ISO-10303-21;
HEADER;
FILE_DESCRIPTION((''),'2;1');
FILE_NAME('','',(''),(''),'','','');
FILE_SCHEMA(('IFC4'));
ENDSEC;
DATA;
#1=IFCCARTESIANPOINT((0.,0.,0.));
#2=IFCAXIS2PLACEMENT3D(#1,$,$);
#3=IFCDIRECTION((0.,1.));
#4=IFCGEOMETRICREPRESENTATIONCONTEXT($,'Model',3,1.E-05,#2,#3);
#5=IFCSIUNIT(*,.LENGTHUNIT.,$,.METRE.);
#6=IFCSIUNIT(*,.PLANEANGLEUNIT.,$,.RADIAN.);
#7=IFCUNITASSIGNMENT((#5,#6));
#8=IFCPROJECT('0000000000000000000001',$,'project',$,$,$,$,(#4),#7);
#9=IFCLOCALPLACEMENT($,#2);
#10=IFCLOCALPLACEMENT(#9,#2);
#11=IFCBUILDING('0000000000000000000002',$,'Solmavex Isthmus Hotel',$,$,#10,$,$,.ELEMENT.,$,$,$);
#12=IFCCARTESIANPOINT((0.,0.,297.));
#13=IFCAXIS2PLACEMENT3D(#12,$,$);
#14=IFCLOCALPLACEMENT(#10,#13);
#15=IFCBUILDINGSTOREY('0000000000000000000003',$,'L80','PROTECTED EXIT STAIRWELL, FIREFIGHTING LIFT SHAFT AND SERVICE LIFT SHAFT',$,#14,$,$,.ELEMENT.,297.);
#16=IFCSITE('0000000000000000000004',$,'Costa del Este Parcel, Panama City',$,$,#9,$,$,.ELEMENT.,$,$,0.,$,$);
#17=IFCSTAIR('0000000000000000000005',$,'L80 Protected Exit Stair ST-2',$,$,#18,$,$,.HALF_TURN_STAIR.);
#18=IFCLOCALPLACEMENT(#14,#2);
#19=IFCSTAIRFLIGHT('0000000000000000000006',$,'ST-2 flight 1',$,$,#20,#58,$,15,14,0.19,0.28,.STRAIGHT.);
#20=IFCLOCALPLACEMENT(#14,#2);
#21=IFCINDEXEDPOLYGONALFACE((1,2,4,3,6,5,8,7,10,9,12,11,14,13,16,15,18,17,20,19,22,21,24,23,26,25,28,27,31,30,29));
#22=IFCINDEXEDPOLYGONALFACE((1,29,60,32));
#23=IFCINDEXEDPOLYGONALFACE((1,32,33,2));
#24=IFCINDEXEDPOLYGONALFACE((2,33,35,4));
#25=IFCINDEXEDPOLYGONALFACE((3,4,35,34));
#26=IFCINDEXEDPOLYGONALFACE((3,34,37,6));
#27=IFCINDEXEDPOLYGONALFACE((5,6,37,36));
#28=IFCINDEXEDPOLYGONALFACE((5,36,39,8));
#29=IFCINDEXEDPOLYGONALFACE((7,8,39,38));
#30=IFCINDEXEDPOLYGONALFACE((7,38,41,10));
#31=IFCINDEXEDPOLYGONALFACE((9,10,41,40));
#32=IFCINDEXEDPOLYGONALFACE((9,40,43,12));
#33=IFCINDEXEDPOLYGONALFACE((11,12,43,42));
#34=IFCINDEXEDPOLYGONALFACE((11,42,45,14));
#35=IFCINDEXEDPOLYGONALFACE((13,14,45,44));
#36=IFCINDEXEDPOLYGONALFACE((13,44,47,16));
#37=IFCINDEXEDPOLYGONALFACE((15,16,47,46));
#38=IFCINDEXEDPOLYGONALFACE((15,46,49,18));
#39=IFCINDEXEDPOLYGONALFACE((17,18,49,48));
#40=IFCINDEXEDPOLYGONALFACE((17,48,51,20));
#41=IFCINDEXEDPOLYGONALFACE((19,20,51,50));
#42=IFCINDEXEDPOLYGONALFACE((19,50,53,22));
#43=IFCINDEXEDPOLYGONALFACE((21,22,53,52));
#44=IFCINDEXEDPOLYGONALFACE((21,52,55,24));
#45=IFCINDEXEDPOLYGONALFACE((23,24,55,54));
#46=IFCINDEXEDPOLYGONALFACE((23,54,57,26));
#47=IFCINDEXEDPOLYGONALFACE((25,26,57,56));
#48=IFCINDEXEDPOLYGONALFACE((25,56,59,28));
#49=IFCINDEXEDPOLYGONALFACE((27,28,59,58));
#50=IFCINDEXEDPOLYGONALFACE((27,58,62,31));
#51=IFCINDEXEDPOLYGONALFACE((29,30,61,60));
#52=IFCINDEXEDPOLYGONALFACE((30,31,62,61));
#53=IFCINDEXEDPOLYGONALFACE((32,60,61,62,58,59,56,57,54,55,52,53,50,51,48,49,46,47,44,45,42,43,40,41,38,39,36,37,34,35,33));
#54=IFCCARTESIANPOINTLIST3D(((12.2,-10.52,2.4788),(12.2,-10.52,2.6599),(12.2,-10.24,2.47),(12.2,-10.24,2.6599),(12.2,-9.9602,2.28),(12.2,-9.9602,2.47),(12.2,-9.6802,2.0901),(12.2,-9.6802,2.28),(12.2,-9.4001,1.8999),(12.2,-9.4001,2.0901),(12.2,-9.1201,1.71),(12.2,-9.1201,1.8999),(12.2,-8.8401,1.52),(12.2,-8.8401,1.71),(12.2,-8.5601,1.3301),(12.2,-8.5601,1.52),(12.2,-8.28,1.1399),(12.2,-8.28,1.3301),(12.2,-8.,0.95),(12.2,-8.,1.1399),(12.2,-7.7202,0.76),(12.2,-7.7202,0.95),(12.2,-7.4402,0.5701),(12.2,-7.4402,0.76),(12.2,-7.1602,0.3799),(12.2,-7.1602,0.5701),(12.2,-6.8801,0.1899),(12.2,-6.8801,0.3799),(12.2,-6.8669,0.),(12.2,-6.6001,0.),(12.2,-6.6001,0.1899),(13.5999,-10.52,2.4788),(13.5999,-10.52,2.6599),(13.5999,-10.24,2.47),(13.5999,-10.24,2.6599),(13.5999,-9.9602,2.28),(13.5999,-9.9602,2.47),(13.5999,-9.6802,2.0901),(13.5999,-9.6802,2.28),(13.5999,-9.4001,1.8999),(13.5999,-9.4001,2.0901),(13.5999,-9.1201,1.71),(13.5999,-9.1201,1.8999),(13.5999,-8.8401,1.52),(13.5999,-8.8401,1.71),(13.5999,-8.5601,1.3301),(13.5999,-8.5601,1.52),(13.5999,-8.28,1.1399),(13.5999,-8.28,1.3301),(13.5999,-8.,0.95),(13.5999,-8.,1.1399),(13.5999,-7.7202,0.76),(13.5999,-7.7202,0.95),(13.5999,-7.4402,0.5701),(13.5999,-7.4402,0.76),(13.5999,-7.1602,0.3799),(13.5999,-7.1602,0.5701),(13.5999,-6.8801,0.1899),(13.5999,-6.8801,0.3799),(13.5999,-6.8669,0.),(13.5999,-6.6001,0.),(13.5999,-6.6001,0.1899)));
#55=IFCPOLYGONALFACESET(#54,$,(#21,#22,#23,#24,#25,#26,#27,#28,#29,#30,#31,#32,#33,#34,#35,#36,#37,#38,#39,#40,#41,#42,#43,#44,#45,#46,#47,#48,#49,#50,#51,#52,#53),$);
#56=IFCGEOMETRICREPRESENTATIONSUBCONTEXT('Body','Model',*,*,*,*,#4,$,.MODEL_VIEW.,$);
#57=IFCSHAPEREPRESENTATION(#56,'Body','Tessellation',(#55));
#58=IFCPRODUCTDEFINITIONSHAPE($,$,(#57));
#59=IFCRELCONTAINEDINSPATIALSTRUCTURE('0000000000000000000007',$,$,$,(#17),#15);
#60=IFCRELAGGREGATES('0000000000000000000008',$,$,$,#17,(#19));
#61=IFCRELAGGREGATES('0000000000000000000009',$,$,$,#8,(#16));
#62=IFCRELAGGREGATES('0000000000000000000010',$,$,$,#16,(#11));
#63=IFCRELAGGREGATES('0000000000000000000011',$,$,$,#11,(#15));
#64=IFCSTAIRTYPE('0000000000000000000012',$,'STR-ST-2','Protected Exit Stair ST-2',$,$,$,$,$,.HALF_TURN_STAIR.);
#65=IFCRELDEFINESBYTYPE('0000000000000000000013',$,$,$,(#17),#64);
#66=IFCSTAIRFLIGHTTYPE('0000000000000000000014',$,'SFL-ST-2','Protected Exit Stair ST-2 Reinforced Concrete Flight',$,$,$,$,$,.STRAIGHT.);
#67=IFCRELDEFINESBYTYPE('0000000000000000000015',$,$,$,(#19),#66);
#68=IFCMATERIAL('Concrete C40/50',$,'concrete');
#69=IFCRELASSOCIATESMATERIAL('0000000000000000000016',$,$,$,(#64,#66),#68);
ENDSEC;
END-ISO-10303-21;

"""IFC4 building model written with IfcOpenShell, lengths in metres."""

from ifc_helpers import new_model, si_unit, direction, frame, origin, place, context, subcontext, project, spatial, polyline, outline, extrude, material, type_object, element, aggregate, save


model = new_model("IFC4")

# Units and contexts
model_context = context("Model", 3, precision=1e-05, world=origin(), true_north=direction((0.0, 1.0)))
body_context = subcontext(model_context, "Body", "Model", "MODEL_VIEW")
ifc_project = project(units=[si_unit("LENGTHUNIT", "METRE"), si_unit("PLANEANGLEUNIT", "RADIAN")], contexts=[model_context])

# Site, building, storey
site_placement = place(None, origin())
site = spatial("IfcSite", under=ifc_project, at=site_placement, Name="Costa del Este Parcel, Panama City", CompositionType="ELEMENT", RefElevation=0.0)
building_placement = place(site_placement, origin())
building = spatial("IfcBuilding", under=site, at=building_placement, Name="Solmavex Isthmus Hotel", CompositionType="ELEMENT")
storey_placement = place(building_placement, frame((0.0, 0.0, 297.0)))
storey = spatial("IfcBuildingStorey", under=building, at=storey_placement, Name="L80", Description="PROTECTED EXIT STAIRWELL, FIREFIGHTING LIFT SHAFT AND SERVICE LIFT SHAFT", CompositionType="ELEMENT", Elevation=297.0)

# Shared definitions
ifc_material_1 = material(Name="Concrete C40/50", Category="concrete")

# Stair, stair flight
stair_type = type_object("IfcStairType", Name="STR-ST-2", Description="Protected Exit Stair ST-2", PredefinedType="HALF_TURN_STAIR", material=ifc_material_1)
stair_placement = place(storey_placement, origin())
stair = element("IfcStair", 1, at=stair_placement, inside=storey, type_object=stair_type, Name="L80 Protected Exit Stair ST-2", PredefinedType="HALF_TURN_STAIR")
stair_flight_type = type_object("IfcStairFlightType", Name="SFL-ST-2", Description="Protected Exit Stair ST-2 Reinforced Concrete Flight", PredefinedType="STRAIGHT", material=ifc_material_1)
stair_flight_placement = place(storey_placement, frame((12.8999, -6.6001, 0.0), z_axis=(0.0, 0.0, 1.0), x_axis=(0.0, -1.0, 0.0)))
stair_flight = element("IfcStairFlight", 2, at=stair_flight_placement, type_object=stair_flight_type, Name="ST-2 flight 1", NumberOfRisers=15, NumberOfTreads=14, PredefinedType="STRAIGHT", RiserHeight=0.19, TreadLength=0.28, context=body_context, shape_type="SweptSolid", body=[
    extrude(outline(polyline([(0.0, 0.0), (0.0, 0.1899), (0.28, 0.1899), (0.28, 0.3799), (0.5601, 0.3799), (0.5601, 0.5701), (0.8401, 0.5701), (0.8401, 0.76), (1.1201, 0.76), (1.1201, 0.95), (1.3999, 0.95), (1.3999, 1.1399), (1.6799, 1.1399), (1.6799, 1.3301), (1.96, 1.3301), (1.96, 1.52), (2.24, 1.52), (2.24, 1.71), (2.52, 1.71), (2.52, 1.8999), (2.8, 1.8999), (2.8, 2.0901), (3.0801, 2.0901), (3.0801, 2.28), (3.3601, 2.28), (3.3601, 2.47), (3.6399, 2.47), (3.6399, 2.6599), (3.9199, 2.6599), (3.9199, 2.8501), (3.9199, 2.4788), (0.2668, 0.0), (0.0, 0.0)])), frame((0.0, 0.7, 0.0), z_axis=(0.0, -1.0, 0.0), x_axis=(1.0, 0.0, 0.0)), (0.0, 0.0, 1.0), 1.3999),
])
aggregate(stair, [stair_flight])

save(model, "model.ifc")
